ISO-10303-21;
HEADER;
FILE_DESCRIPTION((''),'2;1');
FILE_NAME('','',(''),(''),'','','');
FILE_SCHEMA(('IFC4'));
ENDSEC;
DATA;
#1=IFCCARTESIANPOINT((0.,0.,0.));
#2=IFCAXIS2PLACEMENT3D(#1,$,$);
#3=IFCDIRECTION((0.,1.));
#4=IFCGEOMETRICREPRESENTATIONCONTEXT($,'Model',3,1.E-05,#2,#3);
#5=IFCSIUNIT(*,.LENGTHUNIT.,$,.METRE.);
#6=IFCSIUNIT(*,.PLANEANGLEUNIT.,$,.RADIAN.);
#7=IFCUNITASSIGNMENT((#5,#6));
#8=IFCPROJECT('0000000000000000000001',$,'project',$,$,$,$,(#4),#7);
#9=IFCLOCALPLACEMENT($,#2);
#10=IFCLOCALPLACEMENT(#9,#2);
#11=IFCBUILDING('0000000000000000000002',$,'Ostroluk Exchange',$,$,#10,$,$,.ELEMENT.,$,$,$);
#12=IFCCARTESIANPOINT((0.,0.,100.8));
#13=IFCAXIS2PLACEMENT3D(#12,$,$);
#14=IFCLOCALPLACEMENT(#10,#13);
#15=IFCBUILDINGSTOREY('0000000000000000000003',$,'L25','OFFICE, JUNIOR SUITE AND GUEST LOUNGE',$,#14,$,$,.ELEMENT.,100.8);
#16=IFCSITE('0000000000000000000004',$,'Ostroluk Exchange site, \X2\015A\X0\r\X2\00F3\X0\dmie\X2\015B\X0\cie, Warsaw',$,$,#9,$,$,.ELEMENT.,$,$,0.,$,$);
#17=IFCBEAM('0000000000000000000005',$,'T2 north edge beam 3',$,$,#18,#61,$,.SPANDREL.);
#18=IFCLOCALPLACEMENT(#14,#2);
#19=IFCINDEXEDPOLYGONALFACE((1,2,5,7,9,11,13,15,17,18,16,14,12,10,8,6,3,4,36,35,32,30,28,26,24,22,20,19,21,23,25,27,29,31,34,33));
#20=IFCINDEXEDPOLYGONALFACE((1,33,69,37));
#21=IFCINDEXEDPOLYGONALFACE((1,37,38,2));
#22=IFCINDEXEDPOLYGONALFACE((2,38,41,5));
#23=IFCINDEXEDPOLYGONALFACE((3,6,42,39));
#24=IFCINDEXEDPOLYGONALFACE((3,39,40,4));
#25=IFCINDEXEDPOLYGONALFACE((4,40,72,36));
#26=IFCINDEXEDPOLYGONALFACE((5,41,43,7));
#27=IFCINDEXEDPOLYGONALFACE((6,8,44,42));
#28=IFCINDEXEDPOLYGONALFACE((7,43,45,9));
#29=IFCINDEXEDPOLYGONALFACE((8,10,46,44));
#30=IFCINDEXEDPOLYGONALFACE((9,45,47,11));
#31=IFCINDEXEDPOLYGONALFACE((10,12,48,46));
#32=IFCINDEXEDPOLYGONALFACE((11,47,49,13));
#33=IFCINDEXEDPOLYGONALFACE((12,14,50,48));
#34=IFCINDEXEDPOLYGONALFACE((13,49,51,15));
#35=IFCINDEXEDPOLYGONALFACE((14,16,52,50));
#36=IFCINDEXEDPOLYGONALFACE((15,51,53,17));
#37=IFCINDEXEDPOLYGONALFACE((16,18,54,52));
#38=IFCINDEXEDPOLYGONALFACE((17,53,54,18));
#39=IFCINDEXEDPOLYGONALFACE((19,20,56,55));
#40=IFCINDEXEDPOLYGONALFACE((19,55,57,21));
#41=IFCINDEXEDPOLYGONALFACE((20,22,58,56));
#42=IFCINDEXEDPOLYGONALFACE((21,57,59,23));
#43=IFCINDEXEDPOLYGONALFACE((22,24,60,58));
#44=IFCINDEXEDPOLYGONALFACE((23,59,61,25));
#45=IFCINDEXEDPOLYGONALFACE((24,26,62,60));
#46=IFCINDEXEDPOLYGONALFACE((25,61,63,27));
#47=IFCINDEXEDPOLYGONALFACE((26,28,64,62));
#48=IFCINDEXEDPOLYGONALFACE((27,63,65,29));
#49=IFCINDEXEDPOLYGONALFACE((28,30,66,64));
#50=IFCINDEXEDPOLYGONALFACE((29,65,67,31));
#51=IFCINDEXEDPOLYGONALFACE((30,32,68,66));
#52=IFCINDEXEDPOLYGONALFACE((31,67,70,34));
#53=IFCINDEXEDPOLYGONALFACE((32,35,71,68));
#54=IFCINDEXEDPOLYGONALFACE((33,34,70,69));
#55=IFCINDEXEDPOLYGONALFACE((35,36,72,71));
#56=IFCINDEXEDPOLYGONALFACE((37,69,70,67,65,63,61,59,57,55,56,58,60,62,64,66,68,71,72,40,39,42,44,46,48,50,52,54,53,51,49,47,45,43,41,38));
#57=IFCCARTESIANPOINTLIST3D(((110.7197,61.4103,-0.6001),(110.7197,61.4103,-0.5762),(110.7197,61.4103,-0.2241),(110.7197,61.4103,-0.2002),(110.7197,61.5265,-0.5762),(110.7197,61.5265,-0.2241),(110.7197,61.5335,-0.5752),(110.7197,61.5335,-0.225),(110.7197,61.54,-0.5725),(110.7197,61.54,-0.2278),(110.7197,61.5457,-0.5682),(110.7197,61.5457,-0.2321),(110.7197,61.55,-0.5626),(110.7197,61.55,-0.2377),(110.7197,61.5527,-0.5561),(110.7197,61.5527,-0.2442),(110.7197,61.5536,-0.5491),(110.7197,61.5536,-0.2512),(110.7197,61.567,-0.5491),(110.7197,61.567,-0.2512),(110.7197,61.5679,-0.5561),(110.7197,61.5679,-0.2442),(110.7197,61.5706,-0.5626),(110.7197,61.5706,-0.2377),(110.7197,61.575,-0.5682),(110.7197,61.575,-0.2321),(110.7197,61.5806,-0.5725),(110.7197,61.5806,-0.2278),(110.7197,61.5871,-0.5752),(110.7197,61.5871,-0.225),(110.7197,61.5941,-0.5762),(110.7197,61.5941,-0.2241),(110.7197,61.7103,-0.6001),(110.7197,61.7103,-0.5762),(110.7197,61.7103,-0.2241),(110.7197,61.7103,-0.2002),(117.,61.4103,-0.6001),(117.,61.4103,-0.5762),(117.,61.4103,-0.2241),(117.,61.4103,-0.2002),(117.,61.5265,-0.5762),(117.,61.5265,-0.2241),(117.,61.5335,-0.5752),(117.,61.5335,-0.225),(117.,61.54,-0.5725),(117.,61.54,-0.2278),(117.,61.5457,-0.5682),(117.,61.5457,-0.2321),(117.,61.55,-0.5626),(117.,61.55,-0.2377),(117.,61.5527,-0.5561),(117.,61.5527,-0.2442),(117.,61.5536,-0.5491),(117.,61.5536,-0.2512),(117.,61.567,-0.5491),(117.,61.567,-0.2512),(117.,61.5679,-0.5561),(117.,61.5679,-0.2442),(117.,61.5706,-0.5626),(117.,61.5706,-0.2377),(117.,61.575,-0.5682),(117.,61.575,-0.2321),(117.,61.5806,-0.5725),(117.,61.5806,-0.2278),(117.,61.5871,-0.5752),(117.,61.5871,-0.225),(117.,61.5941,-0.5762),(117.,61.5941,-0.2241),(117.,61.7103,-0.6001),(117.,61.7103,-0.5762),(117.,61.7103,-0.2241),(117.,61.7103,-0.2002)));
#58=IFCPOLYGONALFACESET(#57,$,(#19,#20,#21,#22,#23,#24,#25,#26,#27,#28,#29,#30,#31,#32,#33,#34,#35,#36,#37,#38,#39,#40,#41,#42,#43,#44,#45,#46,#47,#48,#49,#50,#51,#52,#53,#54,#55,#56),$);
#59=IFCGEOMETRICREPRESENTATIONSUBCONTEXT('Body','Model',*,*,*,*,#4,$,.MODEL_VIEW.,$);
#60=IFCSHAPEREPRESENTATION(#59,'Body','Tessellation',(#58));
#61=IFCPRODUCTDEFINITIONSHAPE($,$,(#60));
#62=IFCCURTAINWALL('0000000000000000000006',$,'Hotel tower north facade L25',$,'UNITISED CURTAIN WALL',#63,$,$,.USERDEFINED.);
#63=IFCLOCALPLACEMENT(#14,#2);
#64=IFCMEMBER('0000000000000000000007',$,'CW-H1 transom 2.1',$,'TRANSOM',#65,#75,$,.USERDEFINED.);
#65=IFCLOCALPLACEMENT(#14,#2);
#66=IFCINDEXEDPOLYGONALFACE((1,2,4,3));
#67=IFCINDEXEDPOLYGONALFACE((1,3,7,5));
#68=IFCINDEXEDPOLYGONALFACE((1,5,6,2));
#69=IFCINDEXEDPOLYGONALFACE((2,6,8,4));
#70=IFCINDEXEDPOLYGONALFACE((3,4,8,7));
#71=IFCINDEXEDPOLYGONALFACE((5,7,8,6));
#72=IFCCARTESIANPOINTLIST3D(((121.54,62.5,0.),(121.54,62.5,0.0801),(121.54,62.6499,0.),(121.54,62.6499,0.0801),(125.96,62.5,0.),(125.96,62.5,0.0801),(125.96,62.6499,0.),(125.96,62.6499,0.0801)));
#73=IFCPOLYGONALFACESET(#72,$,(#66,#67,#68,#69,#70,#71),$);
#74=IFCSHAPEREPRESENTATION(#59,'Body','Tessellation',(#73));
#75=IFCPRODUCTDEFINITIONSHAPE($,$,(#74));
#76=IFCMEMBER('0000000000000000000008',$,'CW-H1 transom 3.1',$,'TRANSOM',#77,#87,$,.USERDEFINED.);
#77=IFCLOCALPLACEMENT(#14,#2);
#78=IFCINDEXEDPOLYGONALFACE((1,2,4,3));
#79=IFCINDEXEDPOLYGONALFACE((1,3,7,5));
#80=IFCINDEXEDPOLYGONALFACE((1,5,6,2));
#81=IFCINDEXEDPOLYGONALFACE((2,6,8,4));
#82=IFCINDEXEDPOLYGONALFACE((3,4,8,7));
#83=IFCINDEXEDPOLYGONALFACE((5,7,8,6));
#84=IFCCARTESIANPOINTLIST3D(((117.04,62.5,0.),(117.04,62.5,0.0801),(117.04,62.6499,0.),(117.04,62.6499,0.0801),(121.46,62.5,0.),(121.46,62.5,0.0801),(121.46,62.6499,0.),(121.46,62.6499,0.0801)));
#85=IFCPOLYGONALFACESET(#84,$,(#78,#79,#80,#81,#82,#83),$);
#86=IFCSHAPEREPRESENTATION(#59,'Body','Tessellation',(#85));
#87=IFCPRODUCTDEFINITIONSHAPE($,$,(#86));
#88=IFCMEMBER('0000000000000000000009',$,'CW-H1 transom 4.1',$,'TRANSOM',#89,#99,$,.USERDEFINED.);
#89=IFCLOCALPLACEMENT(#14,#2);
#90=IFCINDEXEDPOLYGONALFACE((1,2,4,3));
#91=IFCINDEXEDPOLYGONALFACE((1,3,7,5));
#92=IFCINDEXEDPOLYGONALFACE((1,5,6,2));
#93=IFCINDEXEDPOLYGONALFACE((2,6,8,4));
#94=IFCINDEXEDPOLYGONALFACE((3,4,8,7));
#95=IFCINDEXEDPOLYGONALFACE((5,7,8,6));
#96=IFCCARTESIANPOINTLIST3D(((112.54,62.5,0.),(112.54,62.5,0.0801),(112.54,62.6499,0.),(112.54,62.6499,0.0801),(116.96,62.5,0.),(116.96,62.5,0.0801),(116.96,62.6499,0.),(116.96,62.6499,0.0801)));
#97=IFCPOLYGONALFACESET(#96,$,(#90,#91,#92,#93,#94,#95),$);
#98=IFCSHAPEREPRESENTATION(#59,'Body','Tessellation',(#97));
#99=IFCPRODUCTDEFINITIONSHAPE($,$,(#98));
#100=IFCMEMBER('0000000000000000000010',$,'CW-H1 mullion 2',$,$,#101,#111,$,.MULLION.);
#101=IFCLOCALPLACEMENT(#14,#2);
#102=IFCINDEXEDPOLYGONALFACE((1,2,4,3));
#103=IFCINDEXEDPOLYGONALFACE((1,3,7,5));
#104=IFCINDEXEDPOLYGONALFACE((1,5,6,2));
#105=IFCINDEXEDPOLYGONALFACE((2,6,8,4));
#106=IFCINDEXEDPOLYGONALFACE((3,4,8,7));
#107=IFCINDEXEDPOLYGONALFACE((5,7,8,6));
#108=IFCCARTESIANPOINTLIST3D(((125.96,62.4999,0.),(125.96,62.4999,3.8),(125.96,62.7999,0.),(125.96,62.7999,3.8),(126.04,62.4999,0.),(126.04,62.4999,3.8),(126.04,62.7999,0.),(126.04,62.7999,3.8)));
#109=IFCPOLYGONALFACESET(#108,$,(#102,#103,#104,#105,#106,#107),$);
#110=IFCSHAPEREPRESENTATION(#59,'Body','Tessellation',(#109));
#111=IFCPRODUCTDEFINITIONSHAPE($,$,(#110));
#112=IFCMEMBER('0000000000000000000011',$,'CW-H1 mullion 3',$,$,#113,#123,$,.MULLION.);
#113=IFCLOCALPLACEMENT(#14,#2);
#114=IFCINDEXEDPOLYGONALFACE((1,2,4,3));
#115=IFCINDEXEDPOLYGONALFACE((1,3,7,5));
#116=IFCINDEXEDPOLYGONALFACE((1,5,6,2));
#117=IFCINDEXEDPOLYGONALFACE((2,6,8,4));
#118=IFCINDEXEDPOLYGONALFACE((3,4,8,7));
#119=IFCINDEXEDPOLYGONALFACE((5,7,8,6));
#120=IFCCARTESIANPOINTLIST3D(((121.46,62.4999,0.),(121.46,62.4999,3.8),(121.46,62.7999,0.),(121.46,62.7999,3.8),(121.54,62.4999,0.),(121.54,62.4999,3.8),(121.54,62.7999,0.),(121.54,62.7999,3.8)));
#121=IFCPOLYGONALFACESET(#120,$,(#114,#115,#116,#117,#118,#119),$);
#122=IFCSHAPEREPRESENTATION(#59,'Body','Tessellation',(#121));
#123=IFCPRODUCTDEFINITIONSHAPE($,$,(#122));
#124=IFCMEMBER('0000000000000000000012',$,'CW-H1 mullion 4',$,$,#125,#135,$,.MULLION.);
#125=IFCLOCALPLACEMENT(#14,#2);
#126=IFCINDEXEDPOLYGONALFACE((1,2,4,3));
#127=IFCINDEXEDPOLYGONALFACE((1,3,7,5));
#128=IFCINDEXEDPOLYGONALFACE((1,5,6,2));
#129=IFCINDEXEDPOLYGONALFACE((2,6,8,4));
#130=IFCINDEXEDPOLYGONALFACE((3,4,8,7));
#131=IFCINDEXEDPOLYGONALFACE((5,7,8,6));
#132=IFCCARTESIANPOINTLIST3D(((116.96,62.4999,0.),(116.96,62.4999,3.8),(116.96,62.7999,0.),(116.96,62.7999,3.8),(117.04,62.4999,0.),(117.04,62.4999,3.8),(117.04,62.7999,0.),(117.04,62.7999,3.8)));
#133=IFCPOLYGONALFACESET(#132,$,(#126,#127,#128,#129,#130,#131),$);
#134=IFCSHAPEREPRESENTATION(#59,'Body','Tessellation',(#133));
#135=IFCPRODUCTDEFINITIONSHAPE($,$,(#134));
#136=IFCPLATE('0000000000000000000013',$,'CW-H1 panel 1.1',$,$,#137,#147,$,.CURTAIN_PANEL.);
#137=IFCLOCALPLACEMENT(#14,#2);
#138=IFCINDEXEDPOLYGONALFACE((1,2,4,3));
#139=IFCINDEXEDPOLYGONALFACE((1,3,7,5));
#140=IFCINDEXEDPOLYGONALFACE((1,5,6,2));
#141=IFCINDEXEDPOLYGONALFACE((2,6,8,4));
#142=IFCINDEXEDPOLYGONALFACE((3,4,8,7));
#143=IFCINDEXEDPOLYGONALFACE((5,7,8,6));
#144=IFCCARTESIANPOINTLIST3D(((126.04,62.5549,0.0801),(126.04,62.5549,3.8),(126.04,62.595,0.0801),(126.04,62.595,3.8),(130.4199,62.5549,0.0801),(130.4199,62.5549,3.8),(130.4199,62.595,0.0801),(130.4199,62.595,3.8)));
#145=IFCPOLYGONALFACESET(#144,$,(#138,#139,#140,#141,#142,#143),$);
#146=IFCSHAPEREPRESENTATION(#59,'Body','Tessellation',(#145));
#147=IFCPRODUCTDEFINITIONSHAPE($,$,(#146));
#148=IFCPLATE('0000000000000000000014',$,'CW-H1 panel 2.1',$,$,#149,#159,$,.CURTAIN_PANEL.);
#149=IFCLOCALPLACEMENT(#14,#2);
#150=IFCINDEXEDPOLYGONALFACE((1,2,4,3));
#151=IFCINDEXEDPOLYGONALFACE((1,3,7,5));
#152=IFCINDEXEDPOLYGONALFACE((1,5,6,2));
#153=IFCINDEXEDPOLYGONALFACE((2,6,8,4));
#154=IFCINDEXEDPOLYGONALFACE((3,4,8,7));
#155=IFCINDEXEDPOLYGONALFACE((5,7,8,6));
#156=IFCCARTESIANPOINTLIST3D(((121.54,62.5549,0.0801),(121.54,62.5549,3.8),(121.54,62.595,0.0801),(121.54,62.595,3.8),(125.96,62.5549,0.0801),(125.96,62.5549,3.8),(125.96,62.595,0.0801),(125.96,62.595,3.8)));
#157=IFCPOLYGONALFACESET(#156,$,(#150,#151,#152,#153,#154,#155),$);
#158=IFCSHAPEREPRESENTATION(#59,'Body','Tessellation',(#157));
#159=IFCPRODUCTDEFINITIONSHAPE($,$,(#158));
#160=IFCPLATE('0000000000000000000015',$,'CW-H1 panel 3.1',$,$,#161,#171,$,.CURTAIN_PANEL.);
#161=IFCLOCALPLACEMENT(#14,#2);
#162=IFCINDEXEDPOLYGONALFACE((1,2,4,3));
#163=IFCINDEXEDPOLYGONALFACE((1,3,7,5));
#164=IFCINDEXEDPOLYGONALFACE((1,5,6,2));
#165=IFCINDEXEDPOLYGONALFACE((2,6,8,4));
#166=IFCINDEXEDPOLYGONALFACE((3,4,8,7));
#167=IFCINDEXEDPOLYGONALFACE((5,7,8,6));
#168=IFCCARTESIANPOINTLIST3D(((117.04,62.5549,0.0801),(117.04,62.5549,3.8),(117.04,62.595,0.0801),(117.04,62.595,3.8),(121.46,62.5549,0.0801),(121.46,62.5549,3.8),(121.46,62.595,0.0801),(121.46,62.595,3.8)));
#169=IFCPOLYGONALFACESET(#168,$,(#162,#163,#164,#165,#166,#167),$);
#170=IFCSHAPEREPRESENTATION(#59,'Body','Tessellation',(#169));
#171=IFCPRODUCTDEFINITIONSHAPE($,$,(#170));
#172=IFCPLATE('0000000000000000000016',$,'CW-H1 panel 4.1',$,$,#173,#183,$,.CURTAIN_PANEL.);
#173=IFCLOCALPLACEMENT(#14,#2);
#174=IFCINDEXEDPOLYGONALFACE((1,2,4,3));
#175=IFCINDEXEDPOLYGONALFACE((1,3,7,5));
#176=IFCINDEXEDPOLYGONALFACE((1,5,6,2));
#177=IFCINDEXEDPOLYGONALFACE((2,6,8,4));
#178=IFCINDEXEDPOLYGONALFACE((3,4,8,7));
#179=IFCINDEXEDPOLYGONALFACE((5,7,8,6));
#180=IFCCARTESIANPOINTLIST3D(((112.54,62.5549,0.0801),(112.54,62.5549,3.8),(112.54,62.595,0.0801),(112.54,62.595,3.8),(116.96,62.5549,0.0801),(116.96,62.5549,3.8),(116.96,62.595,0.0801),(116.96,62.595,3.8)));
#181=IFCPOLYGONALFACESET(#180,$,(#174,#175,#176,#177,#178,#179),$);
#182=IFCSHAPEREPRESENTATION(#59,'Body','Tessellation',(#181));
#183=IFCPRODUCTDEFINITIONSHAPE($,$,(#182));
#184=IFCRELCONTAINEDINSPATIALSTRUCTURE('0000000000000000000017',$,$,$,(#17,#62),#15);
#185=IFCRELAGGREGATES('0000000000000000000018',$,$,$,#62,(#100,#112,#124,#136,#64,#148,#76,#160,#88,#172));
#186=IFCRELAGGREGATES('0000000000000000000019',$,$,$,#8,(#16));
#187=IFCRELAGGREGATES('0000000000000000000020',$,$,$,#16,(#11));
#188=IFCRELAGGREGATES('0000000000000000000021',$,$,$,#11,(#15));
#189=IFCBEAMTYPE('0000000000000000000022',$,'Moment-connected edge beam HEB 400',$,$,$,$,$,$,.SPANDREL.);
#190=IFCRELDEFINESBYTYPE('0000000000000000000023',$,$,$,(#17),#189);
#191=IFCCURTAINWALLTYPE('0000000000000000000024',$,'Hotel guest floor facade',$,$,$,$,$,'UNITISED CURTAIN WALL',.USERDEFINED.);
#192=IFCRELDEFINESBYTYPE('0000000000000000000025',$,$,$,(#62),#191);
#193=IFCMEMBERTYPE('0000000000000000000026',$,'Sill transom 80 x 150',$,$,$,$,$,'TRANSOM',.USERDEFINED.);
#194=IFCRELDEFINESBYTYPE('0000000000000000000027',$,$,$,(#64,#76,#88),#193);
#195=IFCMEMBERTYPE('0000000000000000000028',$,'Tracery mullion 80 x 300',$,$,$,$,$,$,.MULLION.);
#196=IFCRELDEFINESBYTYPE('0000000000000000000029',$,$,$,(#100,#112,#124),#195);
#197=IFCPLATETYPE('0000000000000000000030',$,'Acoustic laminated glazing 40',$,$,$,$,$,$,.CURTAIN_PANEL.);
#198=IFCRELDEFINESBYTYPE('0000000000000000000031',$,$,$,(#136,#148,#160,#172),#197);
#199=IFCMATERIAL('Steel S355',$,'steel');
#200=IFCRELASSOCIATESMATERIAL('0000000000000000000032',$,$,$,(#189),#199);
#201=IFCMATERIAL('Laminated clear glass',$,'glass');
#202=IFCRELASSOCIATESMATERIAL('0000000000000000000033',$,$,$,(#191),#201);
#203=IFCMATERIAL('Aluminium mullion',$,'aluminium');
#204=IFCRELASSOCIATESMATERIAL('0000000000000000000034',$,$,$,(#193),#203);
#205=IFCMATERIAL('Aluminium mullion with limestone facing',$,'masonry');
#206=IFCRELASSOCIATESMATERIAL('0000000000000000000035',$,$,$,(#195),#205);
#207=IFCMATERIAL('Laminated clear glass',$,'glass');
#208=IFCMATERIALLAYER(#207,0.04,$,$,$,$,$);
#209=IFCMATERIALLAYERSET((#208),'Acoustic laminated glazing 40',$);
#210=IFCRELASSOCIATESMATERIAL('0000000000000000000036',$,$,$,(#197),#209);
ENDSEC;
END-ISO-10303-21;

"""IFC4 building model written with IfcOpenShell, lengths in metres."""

from ifc_helpers import new_model, si_unit, direction, frame, origin, origin_2d, place, context, subcontext, project, spatial, rectangle, i_section, extrude, material, layer, layer_set, material_profile, profile_set, type_object, element, aggregate, save


model = new_model("IFC4")

# Units and contexts
model_context = context("Model", 3, precision=1e-05, world=origin(), true_north=direction((0.0, 1.0)))
body_context = subcontext(model_context, "Body", "Model", "MODEL_VIEW")
ifc_project = project(units=[si_unit("LENGTHUNIT", "METRE"), si_unit("PLANEANGLEUNIT", "RADIAN")], contexts=[model_context])

# Site, building, storey
site_placement = place(None, origin())
site = spatial("IfcSite", under=ifc_project, at=site_placement, Name="Ostroluk Exchange site, Śródmieście, Warsaw", CompositionType="ELEMENT", RefElevation=0.0)
building_placement = place(site_placement, origin())
building = spatial("IfcBuilding", under=site, at=building_placement, Name="Ostroluk Exchange", CompositionType="ELEMENT")
storey_placement = place(building_placement, frame((0.0, 0.0, 100.8)))
storey = spatial("IfcBuildingStorey", under=building, at=storey_placement, Name="L25", Description="OFFICE, JUNIOR SUITE AND GUEST LOUNGE", CompositionType="ELEMENT", Elevation=100.8)

# Beam
ifc_material_1 = material(Name="Steel S355", Category="steel")
ifc_material_profile_1 = material_profile(ifc_material_1, i_section(OverallWidth=0.3, OverallDepth=0.3999, WebThickness=0.0134, FlangeThickness=0.0239, FilletRadius=0.0271, at=origin_2d()), Name="HEB 400")
ifc_profile_set_1 = profile_set([ifc_material_profile_1], Name="Steel S355")
beam_type = type_object("IfcBeamType", Name="Moment-connected edge beam HEB 400", PredefinedType="SPANDREL", material=ifc_profile_set_1)
for number, where, z_axis, x_axis, name in (
    (1, (117.0, 61.5603, -0.4001), (-1.0, 0.0, 0.0), (0.0, -1.0, 0.0), "T2 north edge beam 3"),
):
    element("IfcBeam", number, at=place(storey_placement, frame(where, z_axis=z_axis, x_axis=x_axis)), inside=storey, type_object=beam_type, Name=name, PredefinedType="SPANDREL", context=body_context, shape_type="SweptSolid", body=[
        extrude(i_section(OverallWidth=0.3, OverallDepth=0.3999, WebThickness=0.0134, FlangeThickness=0.0239, FilletRadius=0.0271, at=origin_2d()), origin(), (0.0, 0.0, 1.0), 6.2803),
    ])

# Curtain wall, members, plates
ifc_material_2 = material(Name="Laminated clear glass", Category="glass")
curtain_wall_type = type_object("IfcCurtainWallType", Name="Hotel guest floor facade", ElementType="UNITISED CURTAIN WALL", PredefinedType="USERDEFINED", material=ifc_material_2)
curtain_wall_placement = place(storey_placement, origin())
curtain_wall = element("IfcCurtainWall", 2, at=curtain_wall_placement, inside=storey, type_object=curtain_wall_type, Name="Hotel tower north facade L25", ObjectType="UNITISED CURTAIN WALL", PredefinedType="USERDEFINED")
ifc_material_3 = material(Name="Aluminium mullion", Category="aluminium")
ifc_material_profile_2 = material_profile(ifc_material_3, rectangle(XDim=0.1499, YDim=0.0801, at=origin_2d()), Name="Sill transom 80 x 150")
ifc_profile_set_2 = profile_set([ifc_material_profile_2], Name="Aluminium mullion")
member_type_1 = type_object("IfcMemberType", Name="Sill transom 80 x 150", ElementType="TRANSOM", PredefinedType="USERDEFINED", material=ifc_profile_set_2)
member_1_placement = place(storey_placement, frame((125.96, 62.575, 0.04), z_axis=(-1.0, 0.0, 0.0), x_axis=(0.0, -1.0, 0.0)))
member_1 = element("IfcMember", 3, at=member_1_placement, type_object=member_type_1, Name="CW-H1 transom 2.1", ObjectType="TRANSOM", PredefinedType="USERDEFINED", context=body_context, shape_type="SweptSolid", body=[
    extrude(rectangle(XDim=0.1499, YDim=0.0801, at=origin_2d()), origin(), (0.0, 0.0, 1.0), 4.4199),
])
member_2_placement = place(storey_placement, frame((121.46, 62.575, 0.04), z_axis=(-1.0, 0.0, 0.0), x_axis=(0.0, -1.0, 0.0)))
member_2 = element("IfcMember", 4, at=member_2_placement, type_object=member_type_1, Name="CW-H1 transom 3.1", ObjectType="TRANSOM", PredefinedType="USERDEFINED", context=body_context, shape_type="SweptSolid", body=[
    extrude(rectangle(XDim=0.1499, YDim=0.0801, at=origin_2d()), origin(), (0.0, 0.0, 1.0), 4.4199),
])
member_3_placement = place(storey_placement, frame((116.96, 62.575, 0.04), z_axis=(-1.0, 0.0, 0.0), x_axis=(0.0, -1.0, 0.0)))
member_3 = element("IfcMember", 5, at=member_3_placement, type_object=member_type_1, Name="CW-H1 transom 4.1", ObjectType="TRANSOM", PredefinedType="USERDEFINED", context=body_context, shape_type="SweptSolid", body=[
    extrude(rectangle(XDim=0.1499, YDim=0.0801, at=origin_2d()), origin(), (0.0, 0.0, 1.0), 4.4199),
])
ifc_material_4 = material(Name="Aluminium mullion with limestone facing", Category="masonry")
ifc_material_profile_3 = material_profile(ifc_material_4, rectangle(XDim=0.3, YDim=0.0801, at=origin_2d()), Name="Tracery mullion 80 x 300")
ifc_profile_set_3 = profile_set([ifc_material_profile_3], Name="Aluminium mullion with limestone facing")
member_type_2 = type_object("IfcMemberType", Name="Tracery mullion 80 x 300", PredefinedType="MULLION", material=ifc_profile_set_3)
member_4_placement = place(storey_placement, frame((126.0, 62.6499, 0.0), z_axis=(0.0, 0.0, 1.0), x_axis=(0.0, -1.0, 0.0)))
member_4 = element("IfcMember", 6, at=member_4_placement, type_object=member_type_2, Name="CW-H1 mullion 2", PredefinedType="MULLION", context=body_context, shape_type="SweptSolid", body=[
    extrude(rectangle(XDim=0.3, YDim=0.0801, at=origin_2d()), origin(), (0.0, 0.0, 1.0), 3.8),
])
member_5_placement = place(storey_placement, frame((121.5, 62.6499, 0.0), z_axis=(0.0, 0.0, 1.0), x_axis=(0.0, -1.0, 0.0)))
member_5 = element("IfcMember", 7, at=member_5_placement, type_object=member_type_2, Name="CW-H1 mullion 3", PredefinedType="MULLION", context=body_context, shape_type="SweptSolid", body=[
    extrude(rectangle(XDim=0.3, YDim=0.0801, at=origin_2d()), origin(), (0.0, 0.0, 1.0), 3.8),
])
member_6_placement = place(storey_placement, frame((117.0, 62.6499, 0.0), z_axis=(0.0, 0.0, 1.0), x_axis=(0.0, -1.0, 0.0)))
member_6 = element("IfcMember", 8, at=member_6_placement, type_object=member_type_2, Name="CW-H1 mullion 4", PredefinedType="MULLION", context=body_context, shape_type="SweptSolid", body=[
    extrude(rectangle(XDim=0.3, YDim=0.0801, at=origin_2d()), origin(), (0.0, 0.0, 1.0), 3.8),
])
ifc_material_5 = material(Name="Laminated clear glass", Category="glass")
ifc_layer_1 = layer(ifc_material_5, 0.04)
ifc_layer_set_1 = layer_set([ifc_layer_1], Name="Acoustic laminated glazing 40")
plate_type = type_object("IfcPlateType", Name="Acoustic laminated glazing 40", PredefinedType="CURTAIN_PANEL", material=ifc_layer_set_1)
plate_1_placement = place(storey_placement, frame((128.23, 62.575, 0.0801), z_axis=(0.0, 0.0, 1.0), x_axis=(-1.0, 0.0, 0.0)))
plate_1 = element("IfcPlate", 9, at=plate_1_placement, type_object=plate_type, Name="CW-H1 panel 1.1", PredefinedType="CURTAIN_PANEL", context=body_context, shape_type="SweptSolid", body=[
    extrude(rectangle(XDim=4.3799, YDim=0.04, at=origin_2d()), origin(), (0.0, 0.0, 1.0), 3.72),
])
plate_2_placement = place(storey_placement, frame((123.75, 62.575, 0.0801), z_axis=(0.0, 0.0, 1.0), x_axis=(-1.0, 0.0, 0.0)))
plate_2 = element("IfcPlate", 10, at=plate_2_placement, type_object=plate_type, Name="CW-H1 panel 2.1", PredefinedType="CURTAIN_PANEL", context=body_context, shape_type="SweptSolid", body=[
    extrude(rectangle(XDim=4.4199, YDim=0.04, at=origin_2d()), origin(), (0.0, 0.0, 1.0), 3.72),
])
plate_3_placement = place(storey_placement, frame((119.25, 62.575, 0.0801), z_axis=(0.0, 0.0, 1.0), x_axis=(-1.0, 0.0, 0.0)))
plate_3 = element("IfcPlate", 11, at=plate_3_placement, type_object=plate_type, Name="CW-H1 panel 3.1", PredefinedType="CURTAIN_PANEL", context=body_context, shape_type="SweptSolid", body=[
    extrude(rectangle(XDim=4.4199, YDim=0.04, at=origin_2d()), origin(), (0.0, 0.0, 1.0), 3.72),
])
plate_4_placement = place(storey_placement, frame((114.75, 62.575, 0.0801), z_axis=(0.0, 0.0, 1.0), x_axis=(-1.0, 0.0, 0.0)))
plate_4 = element("IfcPlate", 12, at=plate_4_placement, type_object=plate_type, Name="CW-H1 panel 4.1", PredefinedType="CURTAIN_PANEL", context=body_context, shape_type="SweptSolid", body=[
    extrude(rectangle(XDim=4.4199, YDim=0.04, at=origin_2d()), origin(), (0.0, 0.0, 1.0), 3.72),
])
aggregate(curtain_wall, [member_4, member_5, member_6, plate_1, member_1, plate_2, member_2, plate_3, member_3, plate_4])

save(model, "model.ifc")
